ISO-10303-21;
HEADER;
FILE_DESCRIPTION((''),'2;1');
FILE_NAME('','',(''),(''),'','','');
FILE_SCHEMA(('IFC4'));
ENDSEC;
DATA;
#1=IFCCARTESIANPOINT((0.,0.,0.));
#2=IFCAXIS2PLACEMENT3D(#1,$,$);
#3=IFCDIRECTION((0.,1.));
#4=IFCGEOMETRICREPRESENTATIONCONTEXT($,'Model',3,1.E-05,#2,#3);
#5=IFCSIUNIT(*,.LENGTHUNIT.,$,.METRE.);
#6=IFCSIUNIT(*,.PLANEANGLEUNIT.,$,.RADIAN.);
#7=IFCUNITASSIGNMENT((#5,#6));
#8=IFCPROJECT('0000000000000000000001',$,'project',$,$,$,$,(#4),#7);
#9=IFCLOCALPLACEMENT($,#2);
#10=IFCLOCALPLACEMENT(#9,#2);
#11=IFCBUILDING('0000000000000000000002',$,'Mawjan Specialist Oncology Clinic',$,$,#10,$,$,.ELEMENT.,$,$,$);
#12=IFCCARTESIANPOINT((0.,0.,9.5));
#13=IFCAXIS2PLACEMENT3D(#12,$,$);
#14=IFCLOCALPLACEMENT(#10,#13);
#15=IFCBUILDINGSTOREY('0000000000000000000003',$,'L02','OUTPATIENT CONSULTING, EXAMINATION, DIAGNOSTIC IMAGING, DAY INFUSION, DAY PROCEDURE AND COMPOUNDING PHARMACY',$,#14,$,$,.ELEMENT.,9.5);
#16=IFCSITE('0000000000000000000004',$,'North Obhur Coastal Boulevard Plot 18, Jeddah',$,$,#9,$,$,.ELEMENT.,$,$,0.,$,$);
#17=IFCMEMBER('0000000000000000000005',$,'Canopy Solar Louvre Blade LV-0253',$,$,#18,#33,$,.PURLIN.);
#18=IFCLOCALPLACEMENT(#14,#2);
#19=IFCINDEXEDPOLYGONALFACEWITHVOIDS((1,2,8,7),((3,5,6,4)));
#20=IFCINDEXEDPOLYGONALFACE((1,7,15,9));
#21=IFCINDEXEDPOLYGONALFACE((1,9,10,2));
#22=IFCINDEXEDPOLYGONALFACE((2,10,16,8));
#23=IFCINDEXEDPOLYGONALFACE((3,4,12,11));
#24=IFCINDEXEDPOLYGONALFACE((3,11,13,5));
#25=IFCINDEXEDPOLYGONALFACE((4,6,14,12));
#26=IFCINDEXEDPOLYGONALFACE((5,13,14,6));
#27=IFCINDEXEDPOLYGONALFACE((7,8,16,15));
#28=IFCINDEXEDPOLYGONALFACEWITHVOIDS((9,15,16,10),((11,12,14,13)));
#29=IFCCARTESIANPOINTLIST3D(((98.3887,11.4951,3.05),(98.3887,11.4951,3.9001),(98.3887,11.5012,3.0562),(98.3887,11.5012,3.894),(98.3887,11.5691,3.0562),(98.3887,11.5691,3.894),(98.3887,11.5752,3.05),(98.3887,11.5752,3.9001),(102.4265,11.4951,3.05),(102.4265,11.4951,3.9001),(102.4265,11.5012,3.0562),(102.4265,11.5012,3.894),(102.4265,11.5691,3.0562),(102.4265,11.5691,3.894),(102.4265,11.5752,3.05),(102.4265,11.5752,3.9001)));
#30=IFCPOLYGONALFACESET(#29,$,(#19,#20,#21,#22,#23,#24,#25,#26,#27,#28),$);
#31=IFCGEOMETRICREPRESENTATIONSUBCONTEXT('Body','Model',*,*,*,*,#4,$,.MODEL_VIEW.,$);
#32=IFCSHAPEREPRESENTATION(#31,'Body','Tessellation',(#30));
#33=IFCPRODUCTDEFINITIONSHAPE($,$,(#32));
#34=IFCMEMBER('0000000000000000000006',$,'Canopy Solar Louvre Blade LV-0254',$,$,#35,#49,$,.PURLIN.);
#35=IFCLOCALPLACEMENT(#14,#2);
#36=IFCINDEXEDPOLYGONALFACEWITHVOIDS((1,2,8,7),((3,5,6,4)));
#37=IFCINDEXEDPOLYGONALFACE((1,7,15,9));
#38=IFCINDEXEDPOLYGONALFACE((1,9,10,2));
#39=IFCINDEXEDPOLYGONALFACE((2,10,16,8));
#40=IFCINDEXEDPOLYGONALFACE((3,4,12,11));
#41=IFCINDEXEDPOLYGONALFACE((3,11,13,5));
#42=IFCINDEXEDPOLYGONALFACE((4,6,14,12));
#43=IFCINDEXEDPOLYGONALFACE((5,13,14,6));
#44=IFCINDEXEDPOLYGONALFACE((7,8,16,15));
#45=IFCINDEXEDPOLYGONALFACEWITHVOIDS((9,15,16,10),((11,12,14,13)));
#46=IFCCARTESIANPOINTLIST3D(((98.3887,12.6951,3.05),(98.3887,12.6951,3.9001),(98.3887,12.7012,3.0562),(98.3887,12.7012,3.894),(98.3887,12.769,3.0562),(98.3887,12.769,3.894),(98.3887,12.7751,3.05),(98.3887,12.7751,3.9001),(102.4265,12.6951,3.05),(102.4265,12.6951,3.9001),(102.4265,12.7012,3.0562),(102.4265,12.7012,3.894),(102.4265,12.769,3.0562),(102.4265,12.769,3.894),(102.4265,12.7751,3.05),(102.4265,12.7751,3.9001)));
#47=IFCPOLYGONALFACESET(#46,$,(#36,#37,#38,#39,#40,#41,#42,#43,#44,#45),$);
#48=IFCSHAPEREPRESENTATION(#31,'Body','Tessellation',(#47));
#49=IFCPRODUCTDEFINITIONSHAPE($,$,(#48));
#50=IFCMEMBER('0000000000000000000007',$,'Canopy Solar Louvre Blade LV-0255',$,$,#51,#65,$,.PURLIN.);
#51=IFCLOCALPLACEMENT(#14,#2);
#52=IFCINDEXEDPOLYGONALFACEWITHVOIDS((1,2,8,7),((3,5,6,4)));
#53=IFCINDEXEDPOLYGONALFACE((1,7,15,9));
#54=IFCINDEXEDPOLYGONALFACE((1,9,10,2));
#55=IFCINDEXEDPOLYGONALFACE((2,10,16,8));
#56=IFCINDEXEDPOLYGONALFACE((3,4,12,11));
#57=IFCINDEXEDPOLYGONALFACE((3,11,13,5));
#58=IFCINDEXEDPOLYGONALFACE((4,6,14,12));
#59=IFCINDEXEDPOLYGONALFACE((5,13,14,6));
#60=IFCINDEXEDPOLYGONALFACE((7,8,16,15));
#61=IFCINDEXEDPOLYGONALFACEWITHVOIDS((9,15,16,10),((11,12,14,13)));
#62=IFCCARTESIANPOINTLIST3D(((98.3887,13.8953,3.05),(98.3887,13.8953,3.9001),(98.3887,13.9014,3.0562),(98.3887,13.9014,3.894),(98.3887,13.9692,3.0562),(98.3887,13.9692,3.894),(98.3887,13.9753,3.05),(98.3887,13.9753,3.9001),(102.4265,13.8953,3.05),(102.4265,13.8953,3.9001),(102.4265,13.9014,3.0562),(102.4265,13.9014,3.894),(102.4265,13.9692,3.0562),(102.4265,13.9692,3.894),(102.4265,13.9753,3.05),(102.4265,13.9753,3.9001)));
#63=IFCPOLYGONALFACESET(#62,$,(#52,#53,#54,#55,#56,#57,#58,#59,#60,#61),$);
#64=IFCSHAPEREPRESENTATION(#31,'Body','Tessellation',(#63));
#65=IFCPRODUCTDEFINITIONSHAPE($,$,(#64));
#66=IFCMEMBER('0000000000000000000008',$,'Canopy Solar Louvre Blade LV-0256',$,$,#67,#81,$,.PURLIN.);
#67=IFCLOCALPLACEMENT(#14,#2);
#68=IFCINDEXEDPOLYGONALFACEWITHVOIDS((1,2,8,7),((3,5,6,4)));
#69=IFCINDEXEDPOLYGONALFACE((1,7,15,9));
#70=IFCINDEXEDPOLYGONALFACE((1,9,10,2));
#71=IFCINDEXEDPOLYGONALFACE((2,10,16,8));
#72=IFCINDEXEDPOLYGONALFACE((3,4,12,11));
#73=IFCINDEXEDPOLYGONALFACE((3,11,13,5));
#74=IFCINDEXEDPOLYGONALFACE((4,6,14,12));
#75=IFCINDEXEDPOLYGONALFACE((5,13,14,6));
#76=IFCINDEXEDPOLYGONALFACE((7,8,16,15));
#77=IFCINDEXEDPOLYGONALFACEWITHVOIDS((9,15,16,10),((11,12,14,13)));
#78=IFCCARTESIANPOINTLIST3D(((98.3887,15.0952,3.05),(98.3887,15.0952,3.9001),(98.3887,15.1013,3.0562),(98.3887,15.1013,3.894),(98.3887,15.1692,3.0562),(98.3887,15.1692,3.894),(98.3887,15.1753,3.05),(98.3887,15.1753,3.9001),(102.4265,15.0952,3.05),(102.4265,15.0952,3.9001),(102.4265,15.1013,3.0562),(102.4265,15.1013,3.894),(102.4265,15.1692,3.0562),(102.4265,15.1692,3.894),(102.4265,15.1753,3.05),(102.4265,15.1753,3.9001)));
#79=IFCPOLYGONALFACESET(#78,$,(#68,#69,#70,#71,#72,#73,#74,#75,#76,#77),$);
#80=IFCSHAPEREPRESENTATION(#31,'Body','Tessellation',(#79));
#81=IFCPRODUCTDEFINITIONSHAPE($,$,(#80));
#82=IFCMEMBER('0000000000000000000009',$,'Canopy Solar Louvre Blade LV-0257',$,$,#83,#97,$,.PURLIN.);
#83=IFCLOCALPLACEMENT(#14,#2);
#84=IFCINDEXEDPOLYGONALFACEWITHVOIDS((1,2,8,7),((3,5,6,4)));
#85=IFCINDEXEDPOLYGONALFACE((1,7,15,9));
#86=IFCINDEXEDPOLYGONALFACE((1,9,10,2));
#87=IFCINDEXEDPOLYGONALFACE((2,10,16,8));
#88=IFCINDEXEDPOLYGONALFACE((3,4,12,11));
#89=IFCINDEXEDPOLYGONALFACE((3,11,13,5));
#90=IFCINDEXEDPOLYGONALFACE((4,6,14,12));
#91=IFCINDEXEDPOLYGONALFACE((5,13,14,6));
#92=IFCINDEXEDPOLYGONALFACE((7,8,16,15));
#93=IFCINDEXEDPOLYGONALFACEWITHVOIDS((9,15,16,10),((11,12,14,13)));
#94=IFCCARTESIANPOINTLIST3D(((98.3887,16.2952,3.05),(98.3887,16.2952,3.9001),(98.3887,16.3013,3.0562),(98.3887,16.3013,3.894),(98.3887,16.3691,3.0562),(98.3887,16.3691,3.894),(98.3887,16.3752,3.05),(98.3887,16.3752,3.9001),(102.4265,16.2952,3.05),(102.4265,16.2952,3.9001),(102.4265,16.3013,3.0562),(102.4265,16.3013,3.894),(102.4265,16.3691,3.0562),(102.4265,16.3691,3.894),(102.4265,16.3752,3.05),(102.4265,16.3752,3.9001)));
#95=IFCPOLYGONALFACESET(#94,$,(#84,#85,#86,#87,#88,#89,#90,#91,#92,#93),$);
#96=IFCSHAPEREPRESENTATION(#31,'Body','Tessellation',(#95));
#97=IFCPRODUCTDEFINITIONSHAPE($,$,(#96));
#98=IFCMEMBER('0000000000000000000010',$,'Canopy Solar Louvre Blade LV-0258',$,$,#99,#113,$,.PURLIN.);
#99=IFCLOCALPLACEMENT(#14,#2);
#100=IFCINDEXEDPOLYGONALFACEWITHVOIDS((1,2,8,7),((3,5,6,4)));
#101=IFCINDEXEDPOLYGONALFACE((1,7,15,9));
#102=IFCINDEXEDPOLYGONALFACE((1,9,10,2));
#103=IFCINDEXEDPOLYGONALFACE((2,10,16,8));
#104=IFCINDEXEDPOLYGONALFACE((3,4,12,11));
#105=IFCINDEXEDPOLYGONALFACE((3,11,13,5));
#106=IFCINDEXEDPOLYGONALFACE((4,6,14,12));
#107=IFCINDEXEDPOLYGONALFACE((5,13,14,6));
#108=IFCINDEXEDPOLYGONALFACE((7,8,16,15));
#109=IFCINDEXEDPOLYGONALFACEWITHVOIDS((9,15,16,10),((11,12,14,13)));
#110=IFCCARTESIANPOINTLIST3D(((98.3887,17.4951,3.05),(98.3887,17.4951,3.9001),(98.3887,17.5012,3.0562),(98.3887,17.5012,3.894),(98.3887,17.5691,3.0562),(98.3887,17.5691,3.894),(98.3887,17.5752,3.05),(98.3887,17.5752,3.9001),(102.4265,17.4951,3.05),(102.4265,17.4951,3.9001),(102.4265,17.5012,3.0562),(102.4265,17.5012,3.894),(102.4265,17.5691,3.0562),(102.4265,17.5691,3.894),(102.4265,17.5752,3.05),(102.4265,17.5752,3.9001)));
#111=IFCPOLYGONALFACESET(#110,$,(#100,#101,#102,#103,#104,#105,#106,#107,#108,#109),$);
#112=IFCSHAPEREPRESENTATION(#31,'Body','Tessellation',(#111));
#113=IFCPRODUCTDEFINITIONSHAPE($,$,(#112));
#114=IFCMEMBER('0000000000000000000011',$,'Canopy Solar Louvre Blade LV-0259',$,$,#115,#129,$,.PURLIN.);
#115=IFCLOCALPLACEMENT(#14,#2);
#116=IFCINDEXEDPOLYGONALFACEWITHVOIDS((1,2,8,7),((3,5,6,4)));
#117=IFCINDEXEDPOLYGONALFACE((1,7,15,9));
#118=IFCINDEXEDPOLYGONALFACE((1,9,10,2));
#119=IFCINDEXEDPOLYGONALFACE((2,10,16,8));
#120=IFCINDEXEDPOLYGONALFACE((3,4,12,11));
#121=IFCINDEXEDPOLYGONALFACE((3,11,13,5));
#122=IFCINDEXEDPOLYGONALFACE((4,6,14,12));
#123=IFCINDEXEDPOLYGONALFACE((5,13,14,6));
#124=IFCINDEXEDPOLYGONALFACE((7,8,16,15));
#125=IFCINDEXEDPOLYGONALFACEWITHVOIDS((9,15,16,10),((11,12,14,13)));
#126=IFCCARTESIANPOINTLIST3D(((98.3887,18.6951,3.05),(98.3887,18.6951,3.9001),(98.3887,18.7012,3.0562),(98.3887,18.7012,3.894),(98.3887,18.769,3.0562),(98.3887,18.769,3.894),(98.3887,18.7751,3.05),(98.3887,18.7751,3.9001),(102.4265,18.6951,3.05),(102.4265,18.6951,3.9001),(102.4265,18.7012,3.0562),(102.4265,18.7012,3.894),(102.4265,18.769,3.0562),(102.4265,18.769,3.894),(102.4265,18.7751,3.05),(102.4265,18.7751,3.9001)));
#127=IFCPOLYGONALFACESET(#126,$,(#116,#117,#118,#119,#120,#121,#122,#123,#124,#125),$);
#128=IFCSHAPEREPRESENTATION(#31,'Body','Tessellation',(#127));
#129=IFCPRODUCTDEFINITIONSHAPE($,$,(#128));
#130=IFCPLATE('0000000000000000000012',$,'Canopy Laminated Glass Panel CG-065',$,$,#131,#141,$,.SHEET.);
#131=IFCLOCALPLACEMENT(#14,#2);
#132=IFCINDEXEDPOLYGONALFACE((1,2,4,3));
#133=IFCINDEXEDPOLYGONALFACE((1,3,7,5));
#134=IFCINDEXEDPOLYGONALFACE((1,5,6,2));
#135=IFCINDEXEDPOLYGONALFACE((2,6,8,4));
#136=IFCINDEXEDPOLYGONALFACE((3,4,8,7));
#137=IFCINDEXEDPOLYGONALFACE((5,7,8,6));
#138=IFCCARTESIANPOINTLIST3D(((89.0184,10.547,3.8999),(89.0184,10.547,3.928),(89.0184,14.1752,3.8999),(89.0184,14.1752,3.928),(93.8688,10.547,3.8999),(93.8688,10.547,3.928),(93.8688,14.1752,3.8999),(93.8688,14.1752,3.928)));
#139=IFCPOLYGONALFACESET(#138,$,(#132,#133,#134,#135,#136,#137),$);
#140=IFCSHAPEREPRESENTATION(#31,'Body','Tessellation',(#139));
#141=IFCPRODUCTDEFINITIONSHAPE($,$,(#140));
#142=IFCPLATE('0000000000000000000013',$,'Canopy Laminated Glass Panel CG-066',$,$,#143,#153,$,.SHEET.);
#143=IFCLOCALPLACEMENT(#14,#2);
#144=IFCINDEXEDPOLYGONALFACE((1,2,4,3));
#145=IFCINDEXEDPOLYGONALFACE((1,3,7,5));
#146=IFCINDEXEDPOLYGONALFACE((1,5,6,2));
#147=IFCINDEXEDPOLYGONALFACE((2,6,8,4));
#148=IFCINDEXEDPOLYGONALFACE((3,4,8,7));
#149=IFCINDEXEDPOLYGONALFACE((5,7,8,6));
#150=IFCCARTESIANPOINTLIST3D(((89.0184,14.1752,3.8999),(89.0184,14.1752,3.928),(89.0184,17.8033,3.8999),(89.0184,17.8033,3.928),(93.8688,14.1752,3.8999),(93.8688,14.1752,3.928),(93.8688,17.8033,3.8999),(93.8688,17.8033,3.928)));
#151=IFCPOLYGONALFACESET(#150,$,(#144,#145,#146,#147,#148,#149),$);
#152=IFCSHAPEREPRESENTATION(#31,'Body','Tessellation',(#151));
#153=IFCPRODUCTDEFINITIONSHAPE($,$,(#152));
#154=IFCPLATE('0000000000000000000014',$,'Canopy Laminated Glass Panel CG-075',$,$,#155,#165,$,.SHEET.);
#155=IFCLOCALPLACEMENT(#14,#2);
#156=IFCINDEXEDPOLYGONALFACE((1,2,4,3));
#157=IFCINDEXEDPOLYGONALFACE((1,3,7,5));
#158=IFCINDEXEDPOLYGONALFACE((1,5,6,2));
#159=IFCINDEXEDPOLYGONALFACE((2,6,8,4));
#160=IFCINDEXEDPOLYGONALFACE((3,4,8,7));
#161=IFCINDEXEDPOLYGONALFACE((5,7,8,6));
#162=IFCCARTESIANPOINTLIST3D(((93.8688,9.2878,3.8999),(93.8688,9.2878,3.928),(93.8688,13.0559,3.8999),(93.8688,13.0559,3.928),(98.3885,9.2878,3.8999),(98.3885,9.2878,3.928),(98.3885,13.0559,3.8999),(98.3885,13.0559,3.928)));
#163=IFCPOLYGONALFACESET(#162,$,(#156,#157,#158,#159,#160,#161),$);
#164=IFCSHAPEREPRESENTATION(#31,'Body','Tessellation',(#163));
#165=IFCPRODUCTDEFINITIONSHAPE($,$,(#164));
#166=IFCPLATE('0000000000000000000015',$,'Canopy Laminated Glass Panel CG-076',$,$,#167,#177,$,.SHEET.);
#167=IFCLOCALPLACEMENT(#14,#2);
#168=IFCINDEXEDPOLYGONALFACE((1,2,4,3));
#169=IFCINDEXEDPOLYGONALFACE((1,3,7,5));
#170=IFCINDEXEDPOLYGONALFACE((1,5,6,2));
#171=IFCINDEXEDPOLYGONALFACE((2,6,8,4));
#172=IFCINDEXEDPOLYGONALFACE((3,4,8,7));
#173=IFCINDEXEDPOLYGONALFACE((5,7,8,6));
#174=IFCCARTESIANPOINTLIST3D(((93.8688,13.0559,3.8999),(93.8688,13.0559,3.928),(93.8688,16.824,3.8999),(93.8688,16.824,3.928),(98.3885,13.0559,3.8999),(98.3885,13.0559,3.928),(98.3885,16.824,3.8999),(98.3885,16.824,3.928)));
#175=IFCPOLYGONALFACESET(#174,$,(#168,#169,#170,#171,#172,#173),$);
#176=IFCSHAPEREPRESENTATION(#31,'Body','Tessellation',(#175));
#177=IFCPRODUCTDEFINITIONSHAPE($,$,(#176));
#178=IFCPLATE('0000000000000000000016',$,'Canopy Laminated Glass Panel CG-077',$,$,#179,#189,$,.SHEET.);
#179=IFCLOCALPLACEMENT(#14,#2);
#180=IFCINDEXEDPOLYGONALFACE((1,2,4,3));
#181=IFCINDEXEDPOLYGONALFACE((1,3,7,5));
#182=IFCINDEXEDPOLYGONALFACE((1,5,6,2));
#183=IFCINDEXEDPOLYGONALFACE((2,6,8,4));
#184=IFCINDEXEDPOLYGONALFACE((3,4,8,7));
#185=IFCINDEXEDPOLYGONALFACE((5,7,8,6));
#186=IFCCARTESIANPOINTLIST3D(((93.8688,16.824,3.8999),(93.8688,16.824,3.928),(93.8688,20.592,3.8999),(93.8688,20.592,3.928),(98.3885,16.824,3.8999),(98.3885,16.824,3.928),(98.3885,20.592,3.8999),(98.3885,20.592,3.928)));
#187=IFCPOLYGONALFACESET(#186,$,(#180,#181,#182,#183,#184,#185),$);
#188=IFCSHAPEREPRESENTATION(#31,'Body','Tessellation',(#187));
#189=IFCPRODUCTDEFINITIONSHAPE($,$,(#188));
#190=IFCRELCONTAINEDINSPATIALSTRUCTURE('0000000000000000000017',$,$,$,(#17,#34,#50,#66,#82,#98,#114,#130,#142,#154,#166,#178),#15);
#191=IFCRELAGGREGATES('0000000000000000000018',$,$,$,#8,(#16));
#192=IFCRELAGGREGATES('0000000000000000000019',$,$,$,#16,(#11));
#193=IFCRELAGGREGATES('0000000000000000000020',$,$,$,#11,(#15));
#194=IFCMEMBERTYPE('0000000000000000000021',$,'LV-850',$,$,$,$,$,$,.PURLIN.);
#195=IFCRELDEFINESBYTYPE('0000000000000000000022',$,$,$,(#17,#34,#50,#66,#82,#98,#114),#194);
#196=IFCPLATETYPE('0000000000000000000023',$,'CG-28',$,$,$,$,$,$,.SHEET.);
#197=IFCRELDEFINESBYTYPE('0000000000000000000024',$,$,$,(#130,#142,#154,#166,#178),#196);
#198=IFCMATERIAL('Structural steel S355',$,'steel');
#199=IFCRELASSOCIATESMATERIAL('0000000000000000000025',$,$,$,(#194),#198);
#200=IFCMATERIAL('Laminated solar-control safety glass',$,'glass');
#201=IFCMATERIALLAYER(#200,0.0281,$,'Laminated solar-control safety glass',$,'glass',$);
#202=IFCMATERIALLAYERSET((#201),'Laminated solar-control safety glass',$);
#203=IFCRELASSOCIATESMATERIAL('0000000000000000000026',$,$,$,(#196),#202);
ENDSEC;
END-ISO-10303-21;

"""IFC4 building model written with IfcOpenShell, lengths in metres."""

from ifc_helpers import new_model, si_unit, direction, frame, origin, origin_2d, place, context, subcontext, project, spatial, rectangle, hollow_rectangle, extrude, material, layer, layer_set, material_profile, profile_set, type_object, element, save


model = new_model("IFC4")

# Units and contexts
model_context = context("Model", 3, precision=1e-05, world=origin(), true_north=direction((0.0, 1.0)))
body_context = subcontext(model_context, "Body", "Model", "MODEL_VIEW")
ifc_project = project(units=[si_unit("LENGTHUNIT", "METRE"), si_unit("PLANEANGLEUNIT", "RADIAN")], contexts=[model_context])

# Site, building, storey
site_placement = place(None, origin())
site = spatial("IfcSite", under=ifc_project, at=site_placement, Name="North Obhur Coastal Boulevard Plot 18, Jeddah", CompositionType="ELEMENT", RefElevation=0.0)
building_placement = place(site_placement, origin())
building = spatial("IfcBuilding", under=site, at=building_placement, Name="Mawjan Specialist Oncology Clinic", CompositionType="ELEMENT")
storey_placement = place(building_placement, frame((0.0, 0.0, 9.5)))
storey = spatial("IfcBuildingStorey", under=building, at=storey_placement, Name="L02", Description="OUTPATIENT CONSULTING, EXAMINATION, DIAGNOSTIC IMAGING, DAY INFUSION, DAY PROCEDURE AND COMPOUNDING PHARMACY", CompositionType="ELEMENT", Elevation=9.5)

# Members
ifc_material_1 = material(Name="Structural steel S355", Category="steel")
ifc_material_profile = material_profile(ifc_material_1, hollow_rectangle(XDim=0.0801, YDim=0.8501, WallThickness=0.0061, at=origin_2d()), Name="LOUVRE 850x80x6", Category="steel")
ifc_profile_set = profile_set([ifc_material_profile], Name="Structural steel S355")
member_type = type_object("IfcMemberType", Name="LV-850", PredefinedType="PURLIN", material=ifc_profile_set)
for number, where, z_axis, x_axis, name in (
    (1, (98.3887, 11.5352, 3.4751), (1.0, 0.0, 0.0), (0.0, 1.0, 0.0), "Canopy Solar Louvre Blade LV-0253"),
    (2, (98.3887, 12.7351, 3.4751), (1.0, 0.0, 0.0), (0.0, 1.0, 0.0), "Canopy Solar Louvre Blade LV-0254"),
    (3, (98.3887, 13.9353, 3.4751), (1.0, 0.0, 0.0), (0.0, 1.0, 0.0), "Canopy Solar Louvre Blade LV-0255"),
    (4, (98.3887, 15.1353, 3.4751), (1.0, 0.0, 0.0), (0.0, 1.0, 0.0), "Canopy Solar Louvre Blade LV-0256"),
    (5, (98.3887, 16.3352, 3.4751), (1.0, 0.0, 0.0), (0.0, 1.0, 0.0), "Canopy Solar Louvre Blade LV-0257"),
    (6, (98.3887, 17.5352, 3.4751), (1.0, 0.0, 0.0), (0.0, 1.0, 0.0), "Canopy Solar Louvre Blade LV-0258"),
    (7, (98.3887, 18.7351, 3.4751), (1.0, 0.0, 0.0), (0.0, 1.0, 0.0), "Canopy Solar Louvre Blade LV-0259"),
):
    element("IfcMember", number, at=place(storey_placement, frame(where, z_axis=z_axis, x_axis=x_axis)), inside=storey, type_object=member_type, Name=name, PredefinedType="PURLIN", context=body_context, shape_type="SweptSolid", body=[
        extrude(hollow_rectangle(XDim=0.0801, YDim=0.8501, WallThickness=0.0061, at=origin_2d()), origin(), (0.0, 0.0, 1.0), 4.0378),
    ])

# Plates
ifc_material_2 = material(Name="Laminated solar-control safety glass", Category="glass")
ifc_layer = layer(ifc_material_2, 0.0281, Name="Laminated solar-control safety glass", Category="glass")
ifc_layer_set = layer_set([ifc_layer], Name="Laminated solar-control safety glass")
plate_type = type_object("IfcPlateType", Name="CG-28", PredefinedType="SHEET", material=ifc_layer_set)
for number, where, z_axis, x_axis, name in (
    (8, (91.4436, 12.3611, 3.8999), (0.0, 0.0, 1.0), (1.0, 0.0, 0.0), "Canopy Laminated Glass Panel CG-065"),
    (9, (91.4436, 15.9893, 3.8999), (0.0, 0.0, 1.0), (1.0, 0.0, 0.0), "Canopy Laminated Glass Panel CG-066"),
):
    element("IfcPlate", number, at=place(storey_placement, frame(where, z_axis=z_axis, x_axis=x_axis)), inside=storey, type_object=plate_type, Name=name, PredefinedType="SHEET", context=body_context, shape_type="SweptSolid", body=[
        extrude(rectangle(XDim=4.8503, YDim=3.6282, at=origin_2d()), origin(), (0.0, 0.0, 1.0), 0.0281),
    ])
for number, where, z_axis, x_axis, name in (
    (10, (96.1287, 11.1719, 3.8999), (0.0, 0.0, 1.0), (1.0, 0.0, 0.0), "Canopy Laminated Glass Panel CG-075"),
    (11, (96.1287, 14.9399, 3.8999), (0.0, 0.0, 1.0), (1.0, 0.0, 0.0), "Canopy Laminated Glass Panel CG-076"),
    (12, (96.1287, 18.708, 3.8999), (0.0, 0.0, 1.0), (1.0, 0.0, 0.0), "Canopy Laminated Glass Panel CG-077"),
):
    element("IfcPlate", number, at=place(storey_placement, frame(where, z_axis=z_axis, x_axis=x_axis)), inside=storey, type_object=plate_type, Name=name, PredefinedType="SHEET", context=body_context, shape_type="SweptSolid", body=[
        extrude(rectangle(XDim=4.5198, YDim=3.7681, at=origin_2d()), origin(), (0.0, 0.0, 1.0), 0.0281),
    ])

save(model, "model.ifc")
